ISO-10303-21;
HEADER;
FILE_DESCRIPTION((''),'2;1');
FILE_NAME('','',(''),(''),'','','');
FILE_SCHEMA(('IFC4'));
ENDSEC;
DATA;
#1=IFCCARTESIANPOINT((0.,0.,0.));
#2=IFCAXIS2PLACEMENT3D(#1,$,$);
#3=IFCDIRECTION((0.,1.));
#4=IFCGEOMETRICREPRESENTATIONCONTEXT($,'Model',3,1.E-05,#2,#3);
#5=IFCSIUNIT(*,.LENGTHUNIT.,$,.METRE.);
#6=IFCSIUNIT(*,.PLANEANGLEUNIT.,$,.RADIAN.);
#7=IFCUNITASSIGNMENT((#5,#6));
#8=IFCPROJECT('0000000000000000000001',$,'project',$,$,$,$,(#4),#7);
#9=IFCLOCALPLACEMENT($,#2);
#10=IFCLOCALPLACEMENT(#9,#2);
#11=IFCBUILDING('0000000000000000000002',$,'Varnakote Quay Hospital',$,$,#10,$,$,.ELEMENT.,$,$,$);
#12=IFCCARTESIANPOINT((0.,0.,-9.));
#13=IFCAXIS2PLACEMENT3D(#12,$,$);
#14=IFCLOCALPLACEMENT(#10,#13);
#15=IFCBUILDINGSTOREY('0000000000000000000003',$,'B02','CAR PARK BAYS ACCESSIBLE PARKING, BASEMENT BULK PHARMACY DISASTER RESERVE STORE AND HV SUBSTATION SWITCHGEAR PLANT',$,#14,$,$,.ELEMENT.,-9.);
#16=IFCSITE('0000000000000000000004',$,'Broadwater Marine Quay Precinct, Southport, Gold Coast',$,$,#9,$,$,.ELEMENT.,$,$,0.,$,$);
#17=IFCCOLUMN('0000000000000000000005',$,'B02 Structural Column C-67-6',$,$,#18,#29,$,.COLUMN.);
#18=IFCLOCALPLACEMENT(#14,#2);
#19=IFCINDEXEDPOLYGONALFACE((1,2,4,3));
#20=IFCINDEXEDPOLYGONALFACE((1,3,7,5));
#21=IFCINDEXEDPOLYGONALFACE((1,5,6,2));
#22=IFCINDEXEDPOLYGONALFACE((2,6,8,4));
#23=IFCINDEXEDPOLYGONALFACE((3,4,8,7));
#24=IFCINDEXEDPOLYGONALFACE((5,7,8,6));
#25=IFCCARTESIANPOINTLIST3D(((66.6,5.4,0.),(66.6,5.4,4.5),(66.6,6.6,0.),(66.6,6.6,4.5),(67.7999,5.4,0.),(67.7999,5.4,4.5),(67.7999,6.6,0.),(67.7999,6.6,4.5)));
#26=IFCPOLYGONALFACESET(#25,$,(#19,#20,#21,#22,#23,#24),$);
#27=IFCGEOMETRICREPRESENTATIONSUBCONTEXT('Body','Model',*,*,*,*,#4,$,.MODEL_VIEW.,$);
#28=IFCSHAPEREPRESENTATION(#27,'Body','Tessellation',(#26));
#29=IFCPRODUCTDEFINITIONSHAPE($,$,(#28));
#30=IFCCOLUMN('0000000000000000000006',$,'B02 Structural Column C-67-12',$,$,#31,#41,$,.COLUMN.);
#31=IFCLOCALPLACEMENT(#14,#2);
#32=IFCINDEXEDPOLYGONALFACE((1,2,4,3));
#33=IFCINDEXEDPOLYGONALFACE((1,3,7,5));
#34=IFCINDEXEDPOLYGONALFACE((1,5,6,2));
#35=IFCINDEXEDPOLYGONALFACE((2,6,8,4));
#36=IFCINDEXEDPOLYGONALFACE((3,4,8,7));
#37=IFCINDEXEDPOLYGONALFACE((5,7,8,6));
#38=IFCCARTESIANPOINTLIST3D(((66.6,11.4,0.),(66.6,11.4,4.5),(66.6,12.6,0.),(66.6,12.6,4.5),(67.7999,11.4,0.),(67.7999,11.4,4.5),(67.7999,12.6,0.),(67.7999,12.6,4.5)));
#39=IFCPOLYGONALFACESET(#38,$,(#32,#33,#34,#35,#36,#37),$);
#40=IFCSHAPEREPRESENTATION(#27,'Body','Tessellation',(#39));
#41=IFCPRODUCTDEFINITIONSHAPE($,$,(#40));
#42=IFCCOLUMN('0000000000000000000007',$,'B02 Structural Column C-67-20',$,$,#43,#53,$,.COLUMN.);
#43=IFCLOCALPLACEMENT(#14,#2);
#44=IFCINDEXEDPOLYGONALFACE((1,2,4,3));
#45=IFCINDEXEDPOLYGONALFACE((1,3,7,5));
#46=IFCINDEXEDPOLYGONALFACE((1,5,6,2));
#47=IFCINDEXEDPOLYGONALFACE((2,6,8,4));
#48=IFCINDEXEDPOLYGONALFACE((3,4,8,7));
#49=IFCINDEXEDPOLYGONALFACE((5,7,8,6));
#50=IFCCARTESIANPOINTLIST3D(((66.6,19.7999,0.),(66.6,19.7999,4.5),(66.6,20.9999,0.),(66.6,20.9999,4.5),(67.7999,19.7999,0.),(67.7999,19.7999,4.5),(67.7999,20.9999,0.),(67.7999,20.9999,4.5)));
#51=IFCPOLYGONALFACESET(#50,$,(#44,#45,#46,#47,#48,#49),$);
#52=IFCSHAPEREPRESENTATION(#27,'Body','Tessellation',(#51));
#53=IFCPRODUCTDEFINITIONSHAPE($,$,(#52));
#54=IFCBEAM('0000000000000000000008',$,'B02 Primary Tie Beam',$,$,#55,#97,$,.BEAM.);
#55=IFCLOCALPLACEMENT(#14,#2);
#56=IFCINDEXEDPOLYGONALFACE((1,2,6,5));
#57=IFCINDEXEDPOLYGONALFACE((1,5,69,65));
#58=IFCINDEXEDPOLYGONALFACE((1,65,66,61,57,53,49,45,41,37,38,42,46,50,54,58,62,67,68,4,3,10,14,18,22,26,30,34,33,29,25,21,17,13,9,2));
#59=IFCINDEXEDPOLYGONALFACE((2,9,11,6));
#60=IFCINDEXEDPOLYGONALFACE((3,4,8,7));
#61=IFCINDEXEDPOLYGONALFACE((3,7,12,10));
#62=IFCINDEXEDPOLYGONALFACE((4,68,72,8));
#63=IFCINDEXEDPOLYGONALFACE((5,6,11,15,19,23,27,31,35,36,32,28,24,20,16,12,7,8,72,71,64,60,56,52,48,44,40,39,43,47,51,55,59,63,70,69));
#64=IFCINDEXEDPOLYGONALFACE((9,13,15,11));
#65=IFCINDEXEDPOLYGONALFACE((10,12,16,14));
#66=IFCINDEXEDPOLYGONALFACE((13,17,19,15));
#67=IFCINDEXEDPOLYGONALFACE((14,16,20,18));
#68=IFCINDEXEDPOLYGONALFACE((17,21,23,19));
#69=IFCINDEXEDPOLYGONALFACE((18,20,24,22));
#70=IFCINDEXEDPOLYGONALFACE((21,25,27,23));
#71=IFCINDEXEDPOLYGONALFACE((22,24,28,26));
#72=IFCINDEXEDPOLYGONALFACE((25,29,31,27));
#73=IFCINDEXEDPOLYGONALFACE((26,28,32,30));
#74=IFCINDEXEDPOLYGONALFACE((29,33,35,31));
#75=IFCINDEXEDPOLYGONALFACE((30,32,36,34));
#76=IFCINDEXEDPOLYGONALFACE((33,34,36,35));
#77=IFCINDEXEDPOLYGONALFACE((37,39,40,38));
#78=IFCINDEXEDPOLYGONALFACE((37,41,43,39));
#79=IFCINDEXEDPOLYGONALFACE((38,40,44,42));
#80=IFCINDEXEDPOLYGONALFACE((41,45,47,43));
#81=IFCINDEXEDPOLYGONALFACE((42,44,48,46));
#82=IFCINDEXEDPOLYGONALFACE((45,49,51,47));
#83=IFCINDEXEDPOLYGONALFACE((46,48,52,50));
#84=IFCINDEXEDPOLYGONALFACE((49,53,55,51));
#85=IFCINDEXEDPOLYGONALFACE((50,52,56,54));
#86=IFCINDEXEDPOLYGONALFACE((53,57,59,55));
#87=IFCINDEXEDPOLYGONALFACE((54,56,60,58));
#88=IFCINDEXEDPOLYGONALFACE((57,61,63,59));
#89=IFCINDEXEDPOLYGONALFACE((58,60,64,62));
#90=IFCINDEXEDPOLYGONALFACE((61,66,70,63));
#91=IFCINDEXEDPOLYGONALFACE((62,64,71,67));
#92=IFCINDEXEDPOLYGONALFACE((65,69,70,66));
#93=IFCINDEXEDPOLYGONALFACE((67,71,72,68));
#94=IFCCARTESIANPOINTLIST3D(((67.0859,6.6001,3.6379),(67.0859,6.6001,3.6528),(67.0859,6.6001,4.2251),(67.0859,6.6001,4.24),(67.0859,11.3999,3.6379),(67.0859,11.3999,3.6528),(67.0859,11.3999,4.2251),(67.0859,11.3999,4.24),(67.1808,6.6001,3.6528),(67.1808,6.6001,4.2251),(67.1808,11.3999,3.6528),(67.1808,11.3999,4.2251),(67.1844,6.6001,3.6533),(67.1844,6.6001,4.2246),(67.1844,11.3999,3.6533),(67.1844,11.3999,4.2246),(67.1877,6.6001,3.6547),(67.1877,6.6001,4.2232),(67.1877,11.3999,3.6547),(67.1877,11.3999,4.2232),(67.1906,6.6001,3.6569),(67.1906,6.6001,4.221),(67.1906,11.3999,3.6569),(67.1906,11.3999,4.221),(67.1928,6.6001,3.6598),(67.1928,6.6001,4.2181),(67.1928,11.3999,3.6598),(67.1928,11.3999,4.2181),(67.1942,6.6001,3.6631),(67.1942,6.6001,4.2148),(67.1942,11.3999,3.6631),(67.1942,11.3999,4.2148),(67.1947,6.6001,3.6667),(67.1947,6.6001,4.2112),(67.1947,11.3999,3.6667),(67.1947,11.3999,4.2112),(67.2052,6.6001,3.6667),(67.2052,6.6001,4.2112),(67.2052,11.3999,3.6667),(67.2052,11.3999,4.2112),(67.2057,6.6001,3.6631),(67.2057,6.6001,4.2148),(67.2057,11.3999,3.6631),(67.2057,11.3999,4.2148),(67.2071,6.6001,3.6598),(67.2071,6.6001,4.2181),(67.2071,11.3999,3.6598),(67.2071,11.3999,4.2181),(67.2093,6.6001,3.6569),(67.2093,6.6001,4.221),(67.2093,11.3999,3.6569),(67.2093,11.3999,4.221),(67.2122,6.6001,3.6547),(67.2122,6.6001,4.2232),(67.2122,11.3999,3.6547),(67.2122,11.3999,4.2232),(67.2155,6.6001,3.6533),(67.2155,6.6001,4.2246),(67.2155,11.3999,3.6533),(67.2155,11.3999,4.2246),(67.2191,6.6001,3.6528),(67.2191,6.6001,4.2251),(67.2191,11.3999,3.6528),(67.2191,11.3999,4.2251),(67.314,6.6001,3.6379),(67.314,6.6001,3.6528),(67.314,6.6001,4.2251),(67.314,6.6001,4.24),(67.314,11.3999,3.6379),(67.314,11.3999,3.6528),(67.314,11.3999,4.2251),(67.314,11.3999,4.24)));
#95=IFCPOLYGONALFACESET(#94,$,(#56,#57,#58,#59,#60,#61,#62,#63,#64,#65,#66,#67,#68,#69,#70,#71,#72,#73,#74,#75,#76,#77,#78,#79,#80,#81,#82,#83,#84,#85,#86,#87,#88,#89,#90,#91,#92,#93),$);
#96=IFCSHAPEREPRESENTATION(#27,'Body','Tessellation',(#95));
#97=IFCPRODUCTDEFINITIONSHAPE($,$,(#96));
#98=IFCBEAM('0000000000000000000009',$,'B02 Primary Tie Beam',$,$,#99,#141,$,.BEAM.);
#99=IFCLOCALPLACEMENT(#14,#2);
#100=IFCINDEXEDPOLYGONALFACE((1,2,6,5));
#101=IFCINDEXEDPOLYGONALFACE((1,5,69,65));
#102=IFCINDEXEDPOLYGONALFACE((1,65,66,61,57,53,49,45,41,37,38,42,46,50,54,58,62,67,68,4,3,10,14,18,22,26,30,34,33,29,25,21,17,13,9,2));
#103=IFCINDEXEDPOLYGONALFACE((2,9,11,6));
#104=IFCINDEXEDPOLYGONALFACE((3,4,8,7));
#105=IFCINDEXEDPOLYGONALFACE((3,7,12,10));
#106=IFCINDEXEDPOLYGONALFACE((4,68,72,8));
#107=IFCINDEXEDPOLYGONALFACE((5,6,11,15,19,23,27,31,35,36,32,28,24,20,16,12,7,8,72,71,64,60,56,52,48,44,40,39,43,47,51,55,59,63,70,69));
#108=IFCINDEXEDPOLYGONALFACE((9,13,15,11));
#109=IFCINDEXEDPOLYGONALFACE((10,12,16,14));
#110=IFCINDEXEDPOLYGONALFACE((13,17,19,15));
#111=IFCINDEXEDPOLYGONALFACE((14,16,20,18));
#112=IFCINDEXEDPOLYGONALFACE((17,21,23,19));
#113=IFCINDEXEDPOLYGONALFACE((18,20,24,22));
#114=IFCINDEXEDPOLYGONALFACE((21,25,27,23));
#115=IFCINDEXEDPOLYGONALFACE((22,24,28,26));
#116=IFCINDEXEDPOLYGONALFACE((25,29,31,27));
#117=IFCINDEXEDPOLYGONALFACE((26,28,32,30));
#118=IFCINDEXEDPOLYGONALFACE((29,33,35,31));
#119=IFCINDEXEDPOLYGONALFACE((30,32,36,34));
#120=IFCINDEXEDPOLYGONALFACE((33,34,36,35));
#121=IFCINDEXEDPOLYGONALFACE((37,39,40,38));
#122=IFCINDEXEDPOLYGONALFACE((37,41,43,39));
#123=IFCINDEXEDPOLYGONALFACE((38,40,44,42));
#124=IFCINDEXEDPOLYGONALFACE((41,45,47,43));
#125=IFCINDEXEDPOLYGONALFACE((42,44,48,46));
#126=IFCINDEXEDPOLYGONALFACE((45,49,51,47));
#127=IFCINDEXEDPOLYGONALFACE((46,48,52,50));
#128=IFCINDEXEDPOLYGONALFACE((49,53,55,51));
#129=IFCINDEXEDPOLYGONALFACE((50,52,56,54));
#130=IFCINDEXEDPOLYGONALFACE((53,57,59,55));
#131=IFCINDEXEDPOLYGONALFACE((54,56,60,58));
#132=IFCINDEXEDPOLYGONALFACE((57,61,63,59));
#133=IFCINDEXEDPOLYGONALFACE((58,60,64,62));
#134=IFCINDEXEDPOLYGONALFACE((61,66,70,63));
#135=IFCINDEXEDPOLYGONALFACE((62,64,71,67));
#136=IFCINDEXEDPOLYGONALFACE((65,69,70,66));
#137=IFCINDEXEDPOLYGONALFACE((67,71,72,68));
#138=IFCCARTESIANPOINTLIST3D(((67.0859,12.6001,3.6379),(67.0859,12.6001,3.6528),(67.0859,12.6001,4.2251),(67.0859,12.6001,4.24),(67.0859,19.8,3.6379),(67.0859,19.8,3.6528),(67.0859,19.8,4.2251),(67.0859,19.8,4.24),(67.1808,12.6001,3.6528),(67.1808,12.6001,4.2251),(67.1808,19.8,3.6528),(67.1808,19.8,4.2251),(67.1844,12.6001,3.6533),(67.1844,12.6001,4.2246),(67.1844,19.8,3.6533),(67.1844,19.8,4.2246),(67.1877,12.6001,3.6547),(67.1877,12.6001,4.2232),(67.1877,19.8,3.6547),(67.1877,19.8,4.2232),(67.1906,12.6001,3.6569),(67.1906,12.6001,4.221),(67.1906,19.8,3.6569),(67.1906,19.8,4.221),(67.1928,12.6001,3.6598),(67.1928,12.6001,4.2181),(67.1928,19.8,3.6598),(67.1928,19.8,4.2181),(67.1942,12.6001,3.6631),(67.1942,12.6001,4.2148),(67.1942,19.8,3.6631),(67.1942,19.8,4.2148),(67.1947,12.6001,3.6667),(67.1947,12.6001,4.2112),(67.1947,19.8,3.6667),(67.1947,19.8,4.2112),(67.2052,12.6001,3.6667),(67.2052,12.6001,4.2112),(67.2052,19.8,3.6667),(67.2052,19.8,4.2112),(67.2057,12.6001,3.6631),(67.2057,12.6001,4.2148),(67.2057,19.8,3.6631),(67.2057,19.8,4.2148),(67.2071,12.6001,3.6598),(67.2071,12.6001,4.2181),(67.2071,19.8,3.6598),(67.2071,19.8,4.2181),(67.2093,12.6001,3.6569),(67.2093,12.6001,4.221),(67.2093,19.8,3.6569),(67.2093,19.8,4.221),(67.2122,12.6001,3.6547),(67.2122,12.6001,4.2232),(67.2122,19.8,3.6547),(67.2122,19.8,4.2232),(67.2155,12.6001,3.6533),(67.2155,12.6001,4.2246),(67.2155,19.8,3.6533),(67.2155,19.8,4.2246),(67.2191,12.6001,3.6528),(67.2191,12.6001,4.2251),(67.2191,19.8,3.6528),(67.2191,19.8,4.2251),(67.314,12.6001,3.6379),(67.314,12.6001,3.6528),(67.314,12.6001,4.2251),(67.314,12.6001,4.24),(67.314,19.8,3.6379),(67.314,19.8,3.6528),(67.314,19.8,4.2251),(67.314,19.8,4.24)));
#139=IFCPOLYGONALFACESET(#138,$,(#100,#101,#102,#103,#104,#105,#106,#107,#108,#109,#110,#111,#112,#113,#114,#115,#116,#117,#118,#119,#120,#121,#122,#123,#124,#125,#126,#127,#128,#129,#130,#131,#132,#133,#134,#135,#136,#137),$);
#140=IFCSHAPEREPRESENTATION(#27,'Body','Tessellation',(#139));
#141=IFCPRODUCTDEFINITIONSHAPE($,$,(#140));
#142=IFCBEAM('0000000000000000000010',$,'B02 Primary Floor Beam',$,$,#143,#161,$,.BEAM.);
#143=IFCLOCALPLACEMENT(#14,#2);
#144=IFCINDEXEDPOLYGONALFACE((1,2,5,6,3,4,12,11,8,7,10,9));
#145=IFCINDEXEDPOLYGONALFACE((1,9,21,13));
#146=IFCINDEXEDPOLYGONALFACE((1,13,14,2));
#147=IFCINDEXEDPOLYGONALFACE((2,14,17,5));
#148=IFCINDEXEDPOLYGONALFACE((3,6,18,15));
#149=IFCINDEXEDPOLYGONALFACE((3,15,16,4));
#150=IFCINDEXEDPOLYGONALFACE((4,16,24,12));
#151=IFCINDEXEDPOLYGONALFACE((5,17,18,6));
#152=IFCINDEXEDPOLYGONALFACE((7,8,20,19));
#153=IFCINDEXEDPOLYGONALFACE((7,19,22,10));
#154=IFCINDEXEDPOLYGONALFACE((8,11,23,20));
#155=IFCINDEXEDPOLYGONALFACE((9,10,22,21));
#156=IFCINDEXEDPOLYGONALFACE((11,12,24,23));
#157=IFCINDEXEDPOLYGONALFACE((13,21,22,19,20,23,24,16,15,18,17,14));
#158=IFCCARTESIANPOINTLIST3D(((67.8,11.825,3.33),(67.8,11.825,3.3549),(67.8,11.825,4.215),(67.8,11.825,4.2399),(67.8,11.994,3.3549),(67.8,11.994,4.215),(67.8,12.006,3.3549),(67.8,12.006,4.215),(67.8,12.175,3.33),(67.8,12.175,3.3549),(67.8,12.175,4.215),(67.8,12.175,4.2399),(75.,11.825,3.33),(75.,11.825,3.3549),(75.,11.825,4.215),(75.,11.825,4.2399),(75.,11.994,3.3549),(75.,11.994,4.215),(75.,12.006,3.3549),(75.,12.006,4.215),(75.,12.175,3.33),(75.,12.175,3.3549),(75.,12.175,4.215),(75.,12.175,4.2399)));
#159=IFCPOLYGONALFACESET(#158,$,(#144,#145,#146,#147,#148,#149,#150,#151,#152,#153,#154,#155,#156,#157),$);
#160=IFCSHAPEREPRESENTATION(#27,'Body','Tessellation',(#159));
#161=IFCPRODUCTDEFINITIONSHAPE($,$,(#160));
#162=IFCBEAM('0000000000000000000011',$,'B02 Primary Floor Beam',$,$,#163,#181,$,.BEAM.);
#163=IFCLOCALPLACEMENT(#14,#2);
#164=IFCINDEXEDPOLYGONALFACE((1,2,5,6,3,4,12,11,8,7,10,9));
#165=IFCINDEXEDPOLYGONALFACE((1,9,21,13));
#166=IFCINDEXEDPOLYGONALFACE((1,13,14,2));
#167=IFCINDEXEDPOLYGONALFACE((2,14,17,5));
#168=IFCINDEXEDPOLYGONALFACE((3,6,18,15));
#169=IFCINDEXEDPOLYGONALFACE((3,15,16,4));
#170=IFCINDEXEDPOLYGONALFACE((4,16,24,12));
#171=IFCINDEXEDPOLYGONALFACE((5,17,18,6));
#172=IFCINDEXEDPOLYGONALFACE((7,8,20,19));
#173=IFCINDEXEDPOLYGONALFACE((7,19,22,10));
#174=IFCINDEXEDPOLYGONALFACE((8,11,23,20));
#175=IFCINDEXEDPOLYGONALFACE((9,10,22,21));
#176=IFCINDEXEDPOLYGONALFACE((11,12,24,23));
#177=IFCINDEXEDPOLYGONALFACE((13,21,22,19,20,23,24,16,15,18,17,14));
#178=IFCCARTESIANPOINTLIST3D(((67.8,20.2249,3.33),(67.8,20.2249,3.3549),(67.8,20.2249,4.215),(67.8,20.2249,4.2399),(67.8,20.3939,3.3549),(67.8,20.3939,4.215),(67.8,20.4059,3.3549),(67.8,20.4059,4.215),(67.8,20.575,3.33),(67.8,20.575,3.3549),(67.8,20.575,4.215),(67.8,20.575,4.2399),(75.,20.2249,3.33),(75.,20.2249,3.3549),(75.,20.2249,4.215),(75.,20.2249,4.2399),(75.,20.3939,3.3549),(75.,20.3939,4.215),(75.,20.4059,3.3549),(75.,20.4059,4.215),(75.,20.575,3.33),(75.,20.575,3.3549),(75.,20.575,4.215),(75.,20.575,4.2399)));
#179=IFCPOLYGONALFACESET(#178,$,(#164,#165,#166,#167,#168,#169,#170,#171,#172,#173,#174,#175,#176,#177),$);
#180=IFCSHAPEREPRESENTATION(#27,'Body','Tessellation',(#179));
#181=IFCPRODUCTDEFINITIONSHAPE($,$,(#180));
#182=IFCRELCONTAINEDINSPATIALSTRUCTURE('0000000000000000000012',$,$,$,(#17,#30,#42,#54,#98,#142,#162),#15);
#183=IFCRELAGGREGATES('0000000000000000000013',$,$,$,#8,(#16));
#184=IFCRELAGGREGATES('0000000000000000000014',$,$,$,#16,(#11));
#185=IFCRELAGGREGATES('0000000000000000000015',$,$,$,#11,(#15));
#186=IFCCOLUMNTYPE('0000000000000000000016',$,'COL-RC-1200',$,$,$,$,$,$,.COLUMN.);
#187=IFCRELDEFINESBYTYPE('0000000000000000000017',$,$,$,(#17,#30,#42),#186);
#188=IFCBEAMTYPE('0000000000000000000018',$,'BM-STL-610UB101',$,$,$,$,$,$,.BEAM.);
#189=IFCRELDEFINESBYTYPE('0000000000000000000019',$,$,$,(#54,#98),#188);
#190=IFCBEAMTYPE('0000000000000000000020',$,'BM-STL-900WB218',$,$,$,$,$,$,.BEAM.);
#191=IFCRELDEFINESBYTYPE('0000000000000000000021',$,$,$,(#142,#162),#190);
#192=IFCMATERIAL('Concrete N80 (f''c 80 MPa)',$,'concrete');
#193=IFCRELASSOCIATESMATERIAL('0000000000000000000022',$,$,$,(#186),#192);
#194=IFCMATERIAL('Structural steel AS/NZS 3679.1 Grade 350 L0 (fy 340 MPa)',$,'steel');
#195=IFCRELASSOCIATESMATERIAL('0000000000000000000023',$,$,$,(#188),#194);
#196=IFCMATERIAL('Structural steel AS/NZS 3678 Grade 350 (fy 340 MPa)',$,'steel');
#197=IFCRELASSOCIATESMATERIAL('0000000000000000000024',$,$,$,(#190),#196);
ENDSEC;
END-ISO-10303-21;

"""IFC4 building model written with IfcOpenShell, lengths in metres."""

from ifc_helpers import new_model, si_unit, direction, frame, origin, origin_2d, place, context, subcontext, project, spatial, rectangle, i_section, extrude, material, material_profile, profile_set, type_object, element, save


model = new_model("IFC4")

# Units and contexts
model_context = context("Model", 3, precision=1e-05, world=origin(), true_north=direction((0.0, 1.0)))
body_context = subcontext(model_context, "Body", "Model", "MODEL_VIEW")
ifc_project = project(units=[si_unit("LENGTHUNIT", "METRE"), si_unit("PLANEANGLEUNIT", "RADIAN")], contexts=[model_context])

# Site, building, storey
site_placement = place(None, origin())
site = spatial("IfcSite", under=ifc_project, at=site_placement, Name="Broadwater Marine Quay Precinct, Southport, Gold Coast", CompositionType="ELEMENT", RefElevation=0.0)
building_placement = place(site_placement, origin())
building = spatial("IfcBuilding", under=site, at=building_placement, Name="Varnakote Quay Hospital", CompositionType="ELEMENT")
storey_placement = place(building_placement, frame((0.0, 0.0, -9.0)))
storey = spatial("IfcBuildingStorey", under=building, at=storey_placement, Name="B02", Description="CAR PARK BAYS ACCESSIBLE PARKING, BASEMENT BULK PHARMACY DISASTER RESERVE STORE AND HV SUBSTATION SWITCHGEAR PLANT", CompositionType="ELEMENT", Elevation=-9.0)

# Columns
ifc_material_1 = material(Name="Concrete N80 (f'c 80 MPa)", Category="concrete")
ifc_material_profile_1 = material_profile(ifc_material_1, rectangle(XDim=1.2, YDim=1.2, at=origin_2d()), Name="RC-COL-1200x1200")
ifc_profile_set_1 = profile_set([ifc_material_profile_1], Name="Concrete N80 (f'c 80 MPa)")
column_type = type_object("IfcColumnType", Name="COL-RC-1200", PredefinedType="COLUMN", material=ifc_profile_set_1)
for number, where, z_axis, x_axis, name in (
    (1, (67.2, 6.0, 0.0), (0.0, 0.0, 1.0), (1.0, 0.0, 0.0), "B02 Structural Column C-67-6"),
    (2, (67.2, 12.0, 0.0), (0.0, 0.0, 1.0), (1.0, 0.0, 0.0), "B02 Structural Column C-67-12"),
    (3, (67.2, 20.3999, 0.0), (0.0, 0.0, 1.0), (1.0, 0.0, 0.0), "B02 Structural Column C-67-20"),
):
    element("IfcColumn", number, at=place(storey_placement, frame(where, z_axis=z_axis, x_axis=x_axis)), inside=storey, type_object=column_type, Name=name, PredefinedType="COLUMN", context=body_context, shape_type="SweptSolid", body=[
        extrude(rectangle(XDim=1.2, YDim=1.2, at=origin_2d()), origin(), (0.0, 0.0, 1.0), 4.5),
    ])

# Beams
ifc_material_2 = material(Name="Structural steel AS/NZS 3679.1 Grade 350 L0 (fy 340 MPa)", Category="steel")
ifc_material_profile_2 = material_profile(ifc_material_2, i_section(OverallWidth=0.228, OverallDepth=0.6021, WebThickness=0.0105, FlangeThickness=0.0149, FilletRadius=0.0139, at=origin_2d()), Name="610UB101")
ifc_profile_set_2 = profile_set([ifc_material_profile_2], Name="Structural steel AS/NZS 3679.1 Grade 350 L0 (fy 340 MPa)")
beam_type_1 = type_object("IfcBeamType", Name="BM-STL-610UB101", PredefinedType="BEAM", material=ifc_profile_set_2)
beam_1_placement = place(storey_placement, frame((67.2, 6.6001, 3.939), z_axis=(0.0, 1.0, 0.0), x_axis=(-1.0, 0.0, 0.0)))
element("IfcBeam", 4, at=beam_1_placement, inside=storey, type_object=beam_type_1, Name="B02 Primary Tie Beam", PredefinedType="BEAM", context=body_context, shape_type="SweptSolid", body=[
    extrude(i_section(OverallWidth=0.228, OverallDepth=0.6021, WebThickness=0.0105, FlangeThickness=0.0149, FilletRadius=0.0139, at=origin_2d()), origin(), (0.0, 0.0, 1.0), 4.7998),
])
beam_2_placement = place(storey_placement, frame((67.2, 12.6001, 3.939), z_axis=(0.0, 1.0, 0.0), x_axis=(-1.0, 0.0, 0.0)))
element("IfcBeam", 5, at=beam_2_placement, inside=storey, type_object=beam_type_1, Name="B02 Primary Tie Beam", PredefinedType="BEAM", context=body_context, shape_type="SweptSolid", body=[
    extrude(i_section(OverallWidth=0.228, OverallDepth=0.6021, WebThickness=0.0105, FlangeThickness=0.0149, FilletRadius=0.0139, at=origin_2d()), origin(), (0.0, 0.0, 1.0), 7.2),
])
ifc_material_3 = material(Name="Structural steel AS/NZS 3678 Grade 350 (fy 340 MPa)", Category="steel")
ifc_material_profile_3 = material_profile(ifc_material_3, i_section(OverallWidth=0.3501, OverallDepth=0.9099, WebThickness=0.012, FlangeThickness=0.0249, at=origin_2d()), Name="900WB218")
ifc_profile_set_3 = profile_set([ifc_material_profile_3], Name="Structural steel AS/NZS 3678 Grade 350 (fy 340 MPa)")
beam_type_2 = type_object("IfcBeamType", Name="BM-STL-900WB218", PredefinedType="BEAM", material=ifc_profile_set_3)
for number, where, z_axis, x_axis, name in (
    (6, (67.8, 12.0, 3.7849), (1.0, 0.0, 0.0), (0.0, 1.0, 0.0), "B02 Primary Floor Beam"),
    (7, (67.8, 20.3999, 3.7849), (1.0, 0.0, 0.0), (0.0, 1.0, 0.0), "B02 Primary Floor Beam"),
):
    element("IfcBeam", number, at=place(storey_placement, frame(where, z_axis=z_axis, x_axis=x_axis)), inside=storey, type_object=beam_type_2, Name=name, PredefinedType="BEAM", context=body_context, shape_type="SweptSolid", body=[
        extrude(i_section(OverallWidth=0.3501, OverallDepth=0.9099, WebThickness=0.012, FlangeThickness=0.0249, at=origin_2d()), origin(), (0.0, 0.0, 1.0), 7.2),
    ])

save(model, "model.ifc")
